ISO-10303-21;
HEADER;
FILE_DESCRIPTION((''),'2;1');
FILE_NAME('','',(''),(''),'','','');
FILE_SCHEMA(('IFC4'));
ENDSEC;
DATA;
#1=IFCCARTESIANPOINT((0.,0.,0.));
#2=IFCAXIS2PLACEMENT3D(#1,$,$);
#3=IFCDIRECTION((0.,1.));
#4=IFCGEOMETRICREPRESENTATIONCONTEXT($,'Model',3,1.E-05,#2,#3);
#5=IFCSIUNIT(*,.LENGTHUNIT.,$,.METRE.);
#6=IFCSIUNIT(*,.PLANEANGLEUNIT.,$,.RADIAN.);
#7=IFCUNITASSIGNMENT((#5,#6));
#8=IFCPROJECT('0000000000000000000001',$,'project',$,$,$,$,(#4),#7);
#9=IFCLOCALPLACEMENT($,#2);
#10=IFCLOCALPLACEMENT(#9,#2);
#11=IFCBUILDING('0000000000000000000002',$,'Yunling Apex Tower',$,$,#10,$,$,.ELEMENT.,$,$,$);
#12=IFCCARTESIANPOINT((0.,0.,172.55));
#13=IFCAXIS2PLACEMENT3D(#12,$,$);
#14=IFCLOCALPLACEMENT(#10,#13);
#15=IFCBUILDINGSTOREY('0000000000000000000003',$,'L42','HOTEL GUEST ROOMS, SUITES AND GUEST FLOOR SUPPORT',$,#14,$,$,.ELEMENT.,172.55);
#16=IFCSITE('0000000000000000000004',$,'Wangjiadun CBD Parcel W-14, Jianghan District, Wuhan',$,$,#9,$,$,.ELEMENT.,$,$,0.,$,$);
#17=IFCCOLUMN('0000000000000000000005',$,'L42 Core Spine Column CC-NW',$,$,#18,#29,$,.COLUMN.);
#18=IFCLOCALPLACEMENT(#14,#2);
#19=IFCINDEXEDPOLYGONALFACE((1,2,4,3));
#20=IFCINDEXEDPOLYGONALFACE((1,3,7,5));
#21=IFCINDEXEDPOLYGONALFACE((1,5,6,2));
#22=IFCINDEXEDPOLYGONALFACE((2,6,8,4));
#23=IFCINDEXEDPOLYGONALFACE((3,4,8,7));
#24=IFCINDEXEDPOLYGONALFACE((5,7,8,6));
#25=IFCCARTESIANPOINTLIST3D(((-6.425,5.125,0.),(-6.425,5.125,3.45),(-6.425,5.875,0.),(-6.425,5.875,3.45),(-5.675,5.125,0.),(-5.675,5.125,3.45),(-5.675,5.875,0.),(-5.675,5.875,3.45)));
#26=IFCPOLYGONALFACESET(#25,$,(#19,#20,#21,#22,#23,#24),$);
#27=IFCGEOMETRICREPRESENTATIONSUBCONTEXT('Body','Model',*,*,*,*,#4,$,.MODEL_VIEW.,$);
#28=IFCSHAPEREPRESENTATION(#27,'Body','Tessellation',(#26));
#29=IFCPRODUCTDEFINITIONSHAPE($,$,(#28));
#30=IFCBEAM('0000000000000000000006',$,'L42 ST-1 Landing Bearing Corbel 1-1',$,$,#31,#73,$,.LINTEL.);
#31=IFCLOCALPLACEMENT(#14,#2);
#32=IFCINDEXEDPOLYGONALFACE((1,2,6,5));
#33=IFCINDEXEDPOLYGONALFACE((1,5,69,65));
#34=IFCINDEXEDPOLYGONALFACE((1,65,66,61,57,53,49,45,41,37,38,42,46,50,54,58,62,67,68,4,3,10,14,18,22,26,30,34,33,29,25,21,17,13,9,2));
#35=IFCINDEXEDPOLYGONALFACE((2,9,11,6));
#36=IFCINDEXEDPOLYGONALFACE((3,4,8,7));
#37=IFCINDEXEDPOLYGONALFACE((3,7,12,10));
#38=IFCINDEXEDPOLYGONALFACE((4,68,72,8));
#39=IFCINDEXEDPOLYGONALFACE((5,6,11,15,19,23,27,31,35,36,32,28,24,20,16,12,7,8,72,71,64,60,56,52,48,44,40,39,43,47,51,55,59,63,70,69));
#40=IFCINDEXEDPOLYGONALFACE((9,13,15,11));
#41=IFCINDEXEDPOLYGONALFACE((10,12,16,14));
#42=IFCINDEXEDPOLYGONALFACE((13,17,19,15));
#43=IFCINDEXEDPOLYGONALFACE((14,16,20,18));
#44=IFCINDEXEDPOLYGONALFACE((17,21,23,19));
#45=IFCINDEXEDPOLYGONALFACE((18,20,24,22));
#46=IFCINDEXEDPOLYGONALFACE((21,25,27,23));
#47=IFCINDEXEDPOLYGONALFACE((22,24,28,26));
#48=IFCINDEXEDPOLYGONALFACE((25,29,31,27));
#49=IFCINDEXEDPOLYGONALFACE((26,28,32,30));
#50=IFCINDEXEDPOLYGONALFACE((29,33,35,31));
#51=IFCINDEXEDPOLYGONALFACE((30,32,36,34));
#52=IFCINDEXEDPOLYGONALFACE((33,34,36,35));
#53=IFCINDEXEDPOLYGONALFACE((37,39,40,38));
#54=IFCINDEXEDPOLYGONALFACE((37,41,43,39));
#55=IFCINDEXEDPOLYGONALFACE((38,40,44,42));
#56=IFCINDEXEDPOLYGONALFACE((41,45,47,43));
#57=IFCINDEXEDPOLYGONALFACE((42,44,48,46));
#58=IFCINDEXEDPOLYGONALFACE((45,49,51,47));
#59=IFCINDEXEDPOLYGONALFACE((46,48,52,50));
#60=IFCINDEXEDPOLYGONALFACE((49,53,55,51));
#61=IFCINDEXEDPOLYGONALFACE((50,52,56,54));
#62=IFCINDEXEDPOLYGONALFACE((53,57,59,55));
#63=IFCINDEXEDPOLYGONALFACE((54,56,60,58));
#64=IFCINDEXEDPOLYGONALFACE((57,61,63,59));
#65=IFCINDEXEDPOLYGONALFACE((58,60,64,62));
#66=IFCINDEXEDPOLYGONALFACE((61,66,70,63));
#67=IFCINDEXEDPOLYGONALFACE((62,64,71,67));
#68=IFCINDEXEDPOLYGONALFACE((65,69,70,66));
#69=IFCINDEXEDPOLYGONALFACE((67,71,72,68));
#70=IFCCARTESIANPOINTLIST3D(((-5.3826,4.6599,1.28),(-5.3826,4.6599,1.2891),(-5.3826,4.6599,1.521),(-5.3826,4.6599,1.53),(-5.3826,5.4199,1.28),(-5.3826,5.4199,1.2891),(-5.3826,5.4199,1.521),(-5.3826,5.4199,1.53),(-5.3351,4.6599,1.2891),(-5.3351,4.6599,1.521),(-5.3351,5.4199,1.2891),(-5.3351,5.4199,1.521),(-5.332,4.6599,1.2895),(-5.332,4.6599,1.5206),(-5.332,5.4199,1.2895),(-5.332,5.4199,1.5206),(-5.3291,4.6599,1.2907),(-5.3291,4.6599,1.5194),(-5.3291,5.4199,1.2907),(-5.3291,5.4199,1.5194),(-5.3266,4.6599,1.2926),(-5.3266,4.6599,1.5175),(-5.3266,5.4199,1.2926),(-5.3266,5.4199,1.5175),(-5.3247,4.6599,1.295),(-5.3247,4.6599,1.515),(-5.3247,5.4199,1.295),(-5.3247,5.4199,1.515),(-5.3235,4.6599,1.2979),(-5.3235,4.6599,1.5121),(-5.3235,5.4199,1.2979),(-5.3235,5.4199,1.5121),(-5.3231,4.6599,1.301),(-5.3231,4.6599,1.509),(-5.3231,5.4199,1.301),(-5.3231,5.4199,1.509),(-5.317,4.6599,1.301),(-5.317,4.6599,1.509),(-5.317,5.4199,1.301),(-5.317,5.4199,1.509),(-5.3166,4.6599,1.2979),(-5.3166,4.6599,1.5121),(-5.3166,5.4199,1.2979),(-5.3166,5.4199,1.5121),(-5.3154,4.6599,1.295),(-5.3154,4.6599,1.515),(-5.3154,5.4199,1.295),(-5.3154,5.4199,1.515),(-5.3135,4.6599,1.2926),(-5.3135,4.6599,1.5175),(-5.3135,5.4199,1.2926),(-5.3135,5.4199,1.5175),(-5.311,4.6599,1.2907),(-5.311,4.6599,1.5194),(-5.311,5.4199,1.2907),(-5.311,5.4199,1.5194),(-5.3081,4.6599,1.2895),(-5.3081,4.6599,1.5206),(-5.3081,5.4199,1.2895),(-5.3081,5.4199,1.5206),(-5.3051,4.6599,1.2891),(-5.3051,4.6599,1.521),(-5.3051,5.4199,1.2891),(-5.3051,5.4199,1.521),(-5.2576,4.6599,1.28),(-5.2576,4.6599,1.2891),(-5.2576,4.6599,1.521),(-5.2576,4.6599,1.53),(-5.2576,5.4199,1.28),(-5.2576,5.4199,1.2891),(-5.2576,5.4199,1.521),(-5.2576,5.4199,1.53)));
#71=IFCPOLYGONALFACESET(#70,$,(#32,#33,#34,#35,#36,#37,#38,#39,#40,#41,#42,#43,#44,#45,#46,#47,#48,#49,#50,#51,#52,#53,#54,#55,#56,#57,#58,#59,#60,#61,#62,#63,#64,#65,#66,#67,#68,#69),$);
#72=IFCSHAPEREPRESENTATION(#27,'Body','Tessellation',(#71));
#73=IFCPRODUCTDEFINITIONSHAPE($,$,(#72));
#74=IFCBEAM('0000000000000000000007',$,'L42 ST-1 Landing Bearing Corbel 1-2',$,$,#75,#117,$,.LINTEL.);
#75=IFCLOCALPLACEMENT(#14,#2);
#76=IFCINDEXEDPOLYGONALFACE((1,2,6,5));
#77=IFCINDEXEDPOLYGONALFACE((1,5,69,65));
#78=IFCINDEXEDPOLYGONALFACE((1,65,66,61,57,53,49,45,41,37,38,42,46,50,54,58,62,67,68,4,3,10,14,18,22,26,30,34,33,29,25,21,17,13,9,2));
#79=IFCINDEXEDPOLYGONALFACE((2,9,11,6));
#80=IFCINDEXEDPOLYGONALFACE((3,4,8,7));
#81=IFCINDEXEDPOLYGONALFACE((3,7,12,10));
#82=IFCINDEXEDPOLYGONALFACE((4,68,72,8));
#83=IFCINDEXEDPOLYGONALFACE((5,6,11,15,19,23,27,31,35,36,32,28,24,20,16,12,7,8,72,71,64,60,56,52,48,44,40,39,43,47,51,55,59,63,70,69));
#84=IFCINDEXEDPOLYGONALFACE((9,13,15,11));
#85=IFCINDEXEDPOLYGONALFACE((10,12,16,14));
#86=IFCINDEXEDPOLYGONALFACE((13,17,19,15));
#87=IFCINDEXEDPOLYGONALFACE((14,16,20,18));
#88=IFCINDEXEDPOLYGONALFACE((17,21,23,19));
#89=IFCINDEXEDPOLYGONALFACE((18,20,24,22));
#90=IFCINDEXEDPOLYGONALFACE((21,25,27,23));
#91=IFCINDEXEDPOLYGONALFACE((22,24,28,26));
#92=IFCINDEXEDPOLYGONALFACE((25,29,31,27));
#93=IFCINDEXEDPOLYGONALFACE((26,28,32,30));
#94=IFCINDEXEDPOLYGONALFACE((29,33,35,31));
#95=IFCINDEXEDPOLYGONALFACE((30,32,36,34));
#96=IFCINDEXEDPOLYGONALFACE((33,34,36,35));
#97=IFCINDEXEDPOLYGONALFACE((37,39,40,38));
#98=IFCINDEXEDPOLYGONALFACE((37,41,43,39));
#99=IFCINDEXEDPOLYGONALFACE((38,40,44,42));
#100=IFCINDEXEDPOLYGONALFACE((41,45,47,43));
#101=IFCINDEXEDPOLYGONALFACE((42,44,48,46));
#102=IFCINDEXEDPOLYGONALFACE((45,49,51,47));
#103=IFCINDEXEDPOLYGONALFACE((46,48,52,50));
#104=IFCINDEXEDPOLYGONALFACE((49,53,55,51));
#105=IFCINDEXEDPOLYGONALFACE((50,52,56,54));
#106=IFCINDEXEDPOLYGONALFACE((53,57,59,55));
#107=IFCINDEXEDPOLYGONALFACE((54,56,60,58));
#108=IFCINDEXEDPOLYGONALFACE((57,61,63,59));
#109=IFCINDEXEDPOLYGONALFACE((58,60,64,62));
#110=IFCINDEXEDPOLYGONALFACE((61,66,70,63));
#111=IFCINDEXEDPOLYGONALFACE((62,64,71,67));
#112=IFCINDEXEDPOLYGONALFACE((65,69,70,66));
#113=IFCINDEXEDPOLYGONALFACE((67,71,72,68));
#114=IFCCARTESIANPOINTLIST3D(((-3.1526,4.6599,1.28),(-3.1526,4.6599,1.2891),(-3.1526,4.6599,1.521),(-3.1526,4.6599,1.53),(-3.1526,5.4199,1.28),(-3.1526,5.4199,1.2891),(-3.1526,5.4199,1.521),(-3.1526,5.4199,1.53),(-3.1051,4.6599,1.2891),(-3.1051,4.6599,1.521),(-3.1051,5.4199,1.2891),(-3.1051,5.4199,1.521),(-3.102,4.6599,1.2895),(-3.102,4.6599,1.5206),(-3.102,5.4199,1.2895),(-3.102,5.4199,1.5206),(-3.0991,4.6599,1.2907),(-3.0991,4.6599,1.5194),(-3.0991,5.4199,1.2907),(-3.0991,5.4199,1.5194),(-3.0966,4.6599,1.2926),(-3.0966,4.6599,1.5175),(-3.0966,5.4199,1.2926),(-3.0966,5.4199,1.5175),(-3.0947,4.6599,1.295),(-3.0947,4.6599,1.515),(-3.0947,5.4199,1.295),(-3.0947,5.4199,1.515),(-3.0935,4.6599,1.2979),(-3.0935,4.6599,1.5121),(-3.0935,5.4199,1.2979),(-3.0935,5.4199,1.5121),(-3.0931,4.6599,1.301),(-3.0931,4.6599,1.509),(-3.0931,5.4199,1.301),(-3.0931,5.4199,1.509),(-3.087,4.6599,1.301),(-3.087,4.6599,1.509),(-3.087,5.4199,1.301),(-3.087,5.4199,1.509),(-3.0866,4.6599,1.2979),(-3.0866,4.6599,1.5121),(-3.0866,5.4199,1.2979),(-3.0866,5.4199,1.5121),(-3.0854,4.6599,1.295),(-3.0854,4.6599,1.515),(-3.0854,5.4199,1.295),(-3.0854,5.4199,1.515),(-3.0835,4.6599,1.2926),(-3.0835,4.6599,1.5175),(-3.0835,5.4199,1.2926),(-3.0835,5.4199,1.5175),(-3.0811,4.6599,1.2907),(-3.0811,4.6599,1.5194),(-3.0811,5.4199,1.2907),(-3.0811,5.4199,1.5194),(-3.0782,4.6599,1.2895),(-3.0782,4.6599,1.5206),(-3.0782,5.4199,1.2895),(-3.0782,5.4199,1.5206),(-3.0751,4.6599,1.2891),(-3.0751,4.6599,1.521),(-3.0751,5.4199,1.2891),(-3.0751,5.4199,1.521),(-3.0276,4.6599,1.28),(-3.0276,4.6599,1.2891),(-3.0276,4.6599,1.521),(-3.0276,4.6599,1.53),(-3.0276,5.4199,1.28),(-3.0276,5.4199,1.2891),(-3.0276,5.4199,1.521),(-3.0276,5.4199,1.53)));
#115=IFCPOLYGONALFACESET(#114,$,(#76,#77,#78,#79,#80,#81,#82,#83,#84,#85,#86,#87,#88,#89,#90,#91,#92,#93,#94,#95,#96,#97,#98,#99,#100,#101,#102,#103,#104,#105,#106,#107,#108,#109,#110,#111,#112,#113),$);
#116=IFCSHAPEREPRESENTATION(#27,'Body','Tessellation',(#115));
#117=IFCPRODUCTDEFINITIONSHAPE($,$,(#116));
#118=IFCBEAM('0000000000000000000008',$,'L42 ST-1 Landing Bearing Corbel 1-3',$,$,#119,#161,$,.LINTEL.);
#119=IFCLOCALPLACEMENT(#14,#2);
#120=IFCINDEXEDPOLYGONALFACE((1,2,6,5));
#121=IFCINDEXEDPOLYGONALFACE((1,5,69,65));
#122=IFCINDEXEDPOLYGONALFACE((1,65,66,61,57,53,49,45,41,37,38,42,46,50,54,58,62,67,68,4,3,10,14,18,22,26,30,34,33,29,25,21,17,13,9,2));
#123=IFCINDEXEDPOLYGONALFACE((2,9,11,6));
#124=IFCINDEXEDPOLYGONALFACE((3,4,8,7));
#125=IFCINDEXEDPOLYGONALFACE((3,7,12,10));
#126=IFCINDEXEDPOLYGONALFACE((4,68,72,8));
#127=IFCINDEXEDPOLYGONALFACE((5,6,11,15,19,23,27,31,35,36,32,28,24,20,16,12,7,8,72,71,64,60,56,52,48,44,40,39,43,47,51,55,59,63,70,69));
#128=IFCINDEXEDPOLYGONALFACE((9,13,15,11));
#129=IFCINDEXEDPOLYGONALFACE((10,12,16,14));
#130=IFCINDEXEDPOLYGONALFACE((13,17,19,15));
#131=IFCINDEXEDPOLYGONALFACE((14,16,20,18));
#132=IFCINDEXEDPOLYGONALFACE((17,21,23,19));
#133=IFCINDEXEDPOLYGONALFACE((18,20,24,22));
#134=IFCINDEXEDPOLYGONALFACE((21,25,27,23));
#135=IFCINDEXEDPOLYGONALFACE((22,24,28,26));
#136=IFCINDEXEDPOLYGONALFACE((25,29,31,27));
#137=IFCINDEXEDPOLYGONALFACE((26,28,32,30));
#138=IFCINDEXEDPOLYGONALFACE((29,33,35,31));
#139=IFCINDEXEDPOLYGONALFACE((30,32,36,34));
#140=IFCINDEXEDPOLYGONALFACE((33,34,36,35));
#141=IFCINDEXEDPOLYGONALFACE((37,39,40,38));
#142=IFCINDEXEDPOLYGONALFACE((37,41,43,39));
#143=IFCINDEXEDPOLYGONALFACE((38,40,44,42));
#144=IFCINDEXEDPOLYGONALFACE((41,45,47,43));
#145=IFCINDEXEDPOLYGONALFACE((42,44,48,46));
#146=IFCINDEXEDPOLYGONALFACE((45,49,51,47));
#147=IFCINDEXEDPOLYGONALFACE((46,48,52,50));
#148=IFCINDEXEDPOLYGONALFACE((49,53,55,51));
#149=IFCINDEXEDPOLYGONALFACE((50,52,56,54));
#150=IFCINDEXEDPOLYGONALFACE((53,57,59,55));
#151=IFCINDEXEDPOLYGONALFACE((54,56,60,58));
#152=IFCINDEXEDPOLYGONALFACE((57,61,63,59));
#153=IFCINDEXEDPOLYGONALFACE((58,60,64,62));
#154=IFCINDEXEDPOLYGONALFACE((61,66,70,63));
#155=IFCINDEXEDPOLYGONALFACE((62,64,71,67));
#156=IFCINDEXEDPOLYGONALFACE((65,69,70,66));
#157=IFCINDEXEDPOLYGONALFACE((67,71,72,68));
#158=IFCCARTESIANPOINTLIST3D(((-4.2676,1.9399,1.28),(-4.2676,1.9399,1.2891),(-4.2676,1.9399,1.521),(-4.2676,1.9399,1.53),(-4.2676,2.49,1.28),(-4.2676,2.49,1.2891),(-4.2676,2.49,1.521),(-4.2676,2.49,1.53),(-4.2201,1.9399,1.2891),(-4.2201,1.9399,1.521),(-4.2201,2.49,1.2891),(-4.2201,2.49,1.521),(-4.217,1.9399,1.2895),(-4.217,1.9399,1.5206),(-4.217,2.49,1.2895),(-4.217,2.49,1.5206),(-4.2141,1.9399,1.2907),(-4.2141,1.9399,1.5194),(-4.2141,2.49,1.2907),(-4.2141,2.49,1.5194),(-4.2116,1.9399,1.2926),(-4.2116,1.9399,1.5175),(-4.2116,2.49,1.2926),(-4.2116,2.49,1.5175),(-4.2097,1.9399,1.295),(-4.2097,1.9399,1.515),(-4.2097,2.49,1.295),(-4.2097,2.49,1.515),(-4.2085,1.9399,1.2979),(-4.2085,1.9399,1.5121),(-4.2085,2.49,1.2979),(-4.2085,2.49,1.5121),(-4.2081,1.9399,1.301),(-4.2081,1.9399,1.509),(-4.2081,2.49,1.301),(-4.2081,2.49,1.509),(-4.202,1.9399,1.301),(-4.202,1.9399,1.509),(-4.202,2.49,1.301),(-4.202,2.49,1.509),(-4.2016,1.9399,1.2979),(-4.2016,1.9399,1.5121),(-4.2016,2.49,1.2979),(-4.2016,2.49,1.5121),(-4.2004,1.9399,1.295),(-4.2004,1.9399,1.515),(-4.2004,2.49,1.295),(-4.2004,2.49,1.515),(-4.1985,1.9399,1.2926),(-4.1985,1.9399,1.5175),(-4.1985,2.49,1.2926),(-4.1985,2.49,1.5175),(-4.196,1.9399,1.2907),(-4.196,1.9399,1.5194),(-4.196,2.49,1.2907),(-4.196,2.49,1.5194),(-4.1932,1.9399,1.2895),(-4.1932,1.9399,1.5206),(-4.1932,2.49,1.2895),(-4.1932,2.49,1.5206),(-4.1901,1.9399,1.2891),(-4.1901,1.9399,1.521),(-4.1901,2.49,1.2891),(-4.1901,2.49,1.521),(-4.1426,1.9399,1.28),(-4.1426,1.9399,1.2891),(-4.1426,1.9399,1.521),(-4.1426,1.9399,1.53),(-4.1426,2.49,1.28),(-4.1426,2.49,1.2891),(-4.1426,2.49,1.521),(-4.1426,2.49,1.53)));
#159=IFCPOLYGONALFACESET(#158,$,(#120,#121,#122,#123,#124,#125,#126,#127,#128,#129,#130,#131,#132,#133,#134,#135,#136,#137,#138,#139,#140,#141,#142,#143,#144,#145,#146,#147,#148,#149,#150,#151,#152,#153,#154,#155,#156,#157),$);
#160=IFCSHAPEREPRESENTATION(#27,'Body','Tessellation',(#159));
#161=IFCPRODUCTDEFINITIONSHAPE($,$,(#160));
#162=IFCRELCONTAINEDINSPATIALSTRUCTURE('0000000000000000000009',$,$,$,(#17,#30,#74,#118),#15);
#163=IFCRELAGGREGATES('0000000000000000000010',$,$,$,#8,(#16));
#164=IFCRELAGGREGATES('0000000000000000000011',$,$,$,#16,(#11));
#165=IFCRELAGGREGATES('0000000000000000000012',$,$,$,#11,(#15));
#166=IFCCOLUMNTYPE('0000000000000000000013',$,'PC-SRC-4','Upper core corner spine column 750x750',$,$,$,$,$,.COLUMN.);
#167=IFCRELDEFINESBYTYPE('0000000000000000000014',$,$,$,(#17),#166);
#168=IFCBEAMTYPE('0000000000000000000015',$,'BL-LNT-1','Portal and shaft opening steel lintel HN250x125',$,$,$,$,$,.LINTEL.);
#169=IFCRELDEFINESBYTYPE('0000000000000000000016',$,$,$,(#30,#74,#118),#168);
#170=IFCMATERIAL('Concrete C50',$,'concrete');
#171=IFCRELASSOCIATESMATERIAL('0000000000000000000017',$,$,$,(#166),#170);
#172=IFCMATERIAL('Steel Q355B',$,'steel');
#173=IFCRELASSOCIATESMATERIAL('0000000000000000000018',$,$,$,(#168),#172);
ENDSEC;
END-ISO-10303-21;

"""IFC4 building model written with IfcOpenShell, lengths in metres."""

from ifc_helpers import new_model, si_unit, direction, frame, origin, origin_2d, place, context, subcontext, project, spatial, rectangle, i_section, extrude, source, transform, mapped, material, material_profile, profile_set, type_object, element, save


model = new_model("IFC4")

# Units and contexts
model_context = context("Model", 3, precision=1e-05, world=origin(), true_north=direction((0.0, 1.0)))
body_context = subcontext(model_context, "Body", "Model", "MODEL_VIEW")
ifc_project = project(units=[si_unit("LENGTHUNIT", "METRE"), si_unit("PLANEANGLEUNIT", "RADIAN")], contexts=[model_context])

# Site, building, storey
site_placement = place(None, origin())
site = spatial("IfcSite", under=ifc_project, at=site_placement, Name="Wangjiadun CBD Parcel W-14, Jianghan District, Wuhan", CompositionType="ELEMENT", RefElevation=0.0)
building_placement = place(site_placement, origin())
building = spatial("IfcBuilding", under=site, at=building_placement, Name="Yunling Apex Tower", CompositionType="ELEMENT")
storey_placement = place(building_placement, frame((0.0, 0.0, 172.55)))
storey = spatial("IfcBuildingStorey", under=building, at=storey_placement, Name="L42", Description="HOTEL GUEST ROOMS, SUITES AND GUEST FLOOR SUPPORT", CompositionType="ELEMENT", Elevation=172.55)

# Column
ifc_material_1 = material(Name="Concrete C50", Category="concrete")
ifc_material_profile_1 = material_profile(ifc_material_1, rectangle(XDim=0.75, YDim=0.75, at=origin_2d()))
ifc_profile_set_1 = profile_set([ifc_material_profile_1], Name="Concrete C50")
column_type = type_object("IfcColumnType", Name="PC-SRC-4", Description="Upper core corner spine column 750x750", PredefinedType="COLUMN", material=ifc_profile_set_1)
shared_shape_1 = source(origin(), body_context, "Body", "SweptSolid", [
    extrude(rectangle(XDim=0.75, YDim=0.75, at=origin_2d()), origin(), (0.0, 0.0, 1.0), 3.45),
])
column_placement = place(storey_placement, frame((-6.05, 5.5, 0.0), z_axis=(0.0, 0.0, 1.0), x_axis=(1.0, 0.0, 0.0)))
element("IfcColumn", 1, at=column_placement, inside=storey, type_object=column_type, Name="L42 Core Spine Column CC-NW", PredefinedType="COLUMN", context=body_context, shape_type="MappedRepresentation", body=[
    mapped(shared_shape_1, transform((0.0, 0.0, 0.0), scale=1.0)),
])

# Beams
ifc_material_2 = material(Name="Steel Q355B", Category="steel")
ifc_material_profile_2 = material_profile(ifc_material_2, i_section(OverallWidth=0.125, OverallDepth=0.25, WebThickness=0.0061, FlangeThickness=0.009, FilletRadius=0.012, at=origin_2d()))
ifc_profile_set_2 = profile_set([ifc_material_profile_2], Name="Steel Q355B")
beam_type_1 = type_object("IfcBeamType", Name="BL-LNT-1", Description="Portal and shaft opening steel lintel HN250x125", PredefinedType="LINTEL", material=ifc_profile_set_2)
shared_shape_2 = source(origin(), body_context, "Body", "SweptSolid", [
    extrude(i_section(OverallWidth=0.125, OverallDepth=0.25, WebThickness=0.0061, FlangeThickness=0.009, FilletRadius=0.012, at=origin_2d()), origin(), (0.0, 0.0, 1.0), 0.76),
])
for number, where, z_axis, x_axis, name in (
    (2, (-5.3201, 5.4199, 1.405), (0.0, -1.0, 0.0), (1.0, 0.0, 0.0), "L42 ST-1 Landing Bearing Corbel 1-1"),
    (3, (-3.0901, 5.4199, 1.405), (0.0, -1.0, 0.0), (1.0, 0.0, 0.0), "L42 ST-1 Landing Bearing Corbel 1-2"),
):
    element("IfcBeam", number, at=place(storey_placement, frame(where, z_axis=z_axis, x_axis=x_axis)), inside=storey, type_object=beam_type_1, Name=name, PredefinedType="LINTEL", context=body_context, shape_type="MappedRepresentation", body=[
        mapped(shared_shape_2, transform((0.0, 0.0, 0.0), scale=1.0)),
    ])
shared_shape_3 = source(origin(), body_context, "Body", "SweptSolid", [
    extrude(i_section(OverallWidth=0.125, OverallDepth=0.25, WebThickness=0.0061, FlangeThickness=0.009, FilletRadius=0.012, at=origin_2d()), origin(), (0.0, 0.0, 1.0), 0.55),
])
beam_1_placement = place(storey_placement, frame((-4.2051, 1.9399, 1.405), z_axis=(0.0, 1.0, 0.0), x_axis=(-1.0, 0.0, 0.0)))
element("IfcBeam", 4, at=beam_1_placement, inside=storey, type_object=beam_type_1, Name="L42 ST-1 Landing Bearing Corbel 1-3", PredefinedType="LINTEL", context=body_context, shape_type="MappedRepresentation", body=[
    mapped(shared_shape_3, transform((0.0, 0.0, 0.0), scale=1.0)),
])

save(model, "model.ifc")
